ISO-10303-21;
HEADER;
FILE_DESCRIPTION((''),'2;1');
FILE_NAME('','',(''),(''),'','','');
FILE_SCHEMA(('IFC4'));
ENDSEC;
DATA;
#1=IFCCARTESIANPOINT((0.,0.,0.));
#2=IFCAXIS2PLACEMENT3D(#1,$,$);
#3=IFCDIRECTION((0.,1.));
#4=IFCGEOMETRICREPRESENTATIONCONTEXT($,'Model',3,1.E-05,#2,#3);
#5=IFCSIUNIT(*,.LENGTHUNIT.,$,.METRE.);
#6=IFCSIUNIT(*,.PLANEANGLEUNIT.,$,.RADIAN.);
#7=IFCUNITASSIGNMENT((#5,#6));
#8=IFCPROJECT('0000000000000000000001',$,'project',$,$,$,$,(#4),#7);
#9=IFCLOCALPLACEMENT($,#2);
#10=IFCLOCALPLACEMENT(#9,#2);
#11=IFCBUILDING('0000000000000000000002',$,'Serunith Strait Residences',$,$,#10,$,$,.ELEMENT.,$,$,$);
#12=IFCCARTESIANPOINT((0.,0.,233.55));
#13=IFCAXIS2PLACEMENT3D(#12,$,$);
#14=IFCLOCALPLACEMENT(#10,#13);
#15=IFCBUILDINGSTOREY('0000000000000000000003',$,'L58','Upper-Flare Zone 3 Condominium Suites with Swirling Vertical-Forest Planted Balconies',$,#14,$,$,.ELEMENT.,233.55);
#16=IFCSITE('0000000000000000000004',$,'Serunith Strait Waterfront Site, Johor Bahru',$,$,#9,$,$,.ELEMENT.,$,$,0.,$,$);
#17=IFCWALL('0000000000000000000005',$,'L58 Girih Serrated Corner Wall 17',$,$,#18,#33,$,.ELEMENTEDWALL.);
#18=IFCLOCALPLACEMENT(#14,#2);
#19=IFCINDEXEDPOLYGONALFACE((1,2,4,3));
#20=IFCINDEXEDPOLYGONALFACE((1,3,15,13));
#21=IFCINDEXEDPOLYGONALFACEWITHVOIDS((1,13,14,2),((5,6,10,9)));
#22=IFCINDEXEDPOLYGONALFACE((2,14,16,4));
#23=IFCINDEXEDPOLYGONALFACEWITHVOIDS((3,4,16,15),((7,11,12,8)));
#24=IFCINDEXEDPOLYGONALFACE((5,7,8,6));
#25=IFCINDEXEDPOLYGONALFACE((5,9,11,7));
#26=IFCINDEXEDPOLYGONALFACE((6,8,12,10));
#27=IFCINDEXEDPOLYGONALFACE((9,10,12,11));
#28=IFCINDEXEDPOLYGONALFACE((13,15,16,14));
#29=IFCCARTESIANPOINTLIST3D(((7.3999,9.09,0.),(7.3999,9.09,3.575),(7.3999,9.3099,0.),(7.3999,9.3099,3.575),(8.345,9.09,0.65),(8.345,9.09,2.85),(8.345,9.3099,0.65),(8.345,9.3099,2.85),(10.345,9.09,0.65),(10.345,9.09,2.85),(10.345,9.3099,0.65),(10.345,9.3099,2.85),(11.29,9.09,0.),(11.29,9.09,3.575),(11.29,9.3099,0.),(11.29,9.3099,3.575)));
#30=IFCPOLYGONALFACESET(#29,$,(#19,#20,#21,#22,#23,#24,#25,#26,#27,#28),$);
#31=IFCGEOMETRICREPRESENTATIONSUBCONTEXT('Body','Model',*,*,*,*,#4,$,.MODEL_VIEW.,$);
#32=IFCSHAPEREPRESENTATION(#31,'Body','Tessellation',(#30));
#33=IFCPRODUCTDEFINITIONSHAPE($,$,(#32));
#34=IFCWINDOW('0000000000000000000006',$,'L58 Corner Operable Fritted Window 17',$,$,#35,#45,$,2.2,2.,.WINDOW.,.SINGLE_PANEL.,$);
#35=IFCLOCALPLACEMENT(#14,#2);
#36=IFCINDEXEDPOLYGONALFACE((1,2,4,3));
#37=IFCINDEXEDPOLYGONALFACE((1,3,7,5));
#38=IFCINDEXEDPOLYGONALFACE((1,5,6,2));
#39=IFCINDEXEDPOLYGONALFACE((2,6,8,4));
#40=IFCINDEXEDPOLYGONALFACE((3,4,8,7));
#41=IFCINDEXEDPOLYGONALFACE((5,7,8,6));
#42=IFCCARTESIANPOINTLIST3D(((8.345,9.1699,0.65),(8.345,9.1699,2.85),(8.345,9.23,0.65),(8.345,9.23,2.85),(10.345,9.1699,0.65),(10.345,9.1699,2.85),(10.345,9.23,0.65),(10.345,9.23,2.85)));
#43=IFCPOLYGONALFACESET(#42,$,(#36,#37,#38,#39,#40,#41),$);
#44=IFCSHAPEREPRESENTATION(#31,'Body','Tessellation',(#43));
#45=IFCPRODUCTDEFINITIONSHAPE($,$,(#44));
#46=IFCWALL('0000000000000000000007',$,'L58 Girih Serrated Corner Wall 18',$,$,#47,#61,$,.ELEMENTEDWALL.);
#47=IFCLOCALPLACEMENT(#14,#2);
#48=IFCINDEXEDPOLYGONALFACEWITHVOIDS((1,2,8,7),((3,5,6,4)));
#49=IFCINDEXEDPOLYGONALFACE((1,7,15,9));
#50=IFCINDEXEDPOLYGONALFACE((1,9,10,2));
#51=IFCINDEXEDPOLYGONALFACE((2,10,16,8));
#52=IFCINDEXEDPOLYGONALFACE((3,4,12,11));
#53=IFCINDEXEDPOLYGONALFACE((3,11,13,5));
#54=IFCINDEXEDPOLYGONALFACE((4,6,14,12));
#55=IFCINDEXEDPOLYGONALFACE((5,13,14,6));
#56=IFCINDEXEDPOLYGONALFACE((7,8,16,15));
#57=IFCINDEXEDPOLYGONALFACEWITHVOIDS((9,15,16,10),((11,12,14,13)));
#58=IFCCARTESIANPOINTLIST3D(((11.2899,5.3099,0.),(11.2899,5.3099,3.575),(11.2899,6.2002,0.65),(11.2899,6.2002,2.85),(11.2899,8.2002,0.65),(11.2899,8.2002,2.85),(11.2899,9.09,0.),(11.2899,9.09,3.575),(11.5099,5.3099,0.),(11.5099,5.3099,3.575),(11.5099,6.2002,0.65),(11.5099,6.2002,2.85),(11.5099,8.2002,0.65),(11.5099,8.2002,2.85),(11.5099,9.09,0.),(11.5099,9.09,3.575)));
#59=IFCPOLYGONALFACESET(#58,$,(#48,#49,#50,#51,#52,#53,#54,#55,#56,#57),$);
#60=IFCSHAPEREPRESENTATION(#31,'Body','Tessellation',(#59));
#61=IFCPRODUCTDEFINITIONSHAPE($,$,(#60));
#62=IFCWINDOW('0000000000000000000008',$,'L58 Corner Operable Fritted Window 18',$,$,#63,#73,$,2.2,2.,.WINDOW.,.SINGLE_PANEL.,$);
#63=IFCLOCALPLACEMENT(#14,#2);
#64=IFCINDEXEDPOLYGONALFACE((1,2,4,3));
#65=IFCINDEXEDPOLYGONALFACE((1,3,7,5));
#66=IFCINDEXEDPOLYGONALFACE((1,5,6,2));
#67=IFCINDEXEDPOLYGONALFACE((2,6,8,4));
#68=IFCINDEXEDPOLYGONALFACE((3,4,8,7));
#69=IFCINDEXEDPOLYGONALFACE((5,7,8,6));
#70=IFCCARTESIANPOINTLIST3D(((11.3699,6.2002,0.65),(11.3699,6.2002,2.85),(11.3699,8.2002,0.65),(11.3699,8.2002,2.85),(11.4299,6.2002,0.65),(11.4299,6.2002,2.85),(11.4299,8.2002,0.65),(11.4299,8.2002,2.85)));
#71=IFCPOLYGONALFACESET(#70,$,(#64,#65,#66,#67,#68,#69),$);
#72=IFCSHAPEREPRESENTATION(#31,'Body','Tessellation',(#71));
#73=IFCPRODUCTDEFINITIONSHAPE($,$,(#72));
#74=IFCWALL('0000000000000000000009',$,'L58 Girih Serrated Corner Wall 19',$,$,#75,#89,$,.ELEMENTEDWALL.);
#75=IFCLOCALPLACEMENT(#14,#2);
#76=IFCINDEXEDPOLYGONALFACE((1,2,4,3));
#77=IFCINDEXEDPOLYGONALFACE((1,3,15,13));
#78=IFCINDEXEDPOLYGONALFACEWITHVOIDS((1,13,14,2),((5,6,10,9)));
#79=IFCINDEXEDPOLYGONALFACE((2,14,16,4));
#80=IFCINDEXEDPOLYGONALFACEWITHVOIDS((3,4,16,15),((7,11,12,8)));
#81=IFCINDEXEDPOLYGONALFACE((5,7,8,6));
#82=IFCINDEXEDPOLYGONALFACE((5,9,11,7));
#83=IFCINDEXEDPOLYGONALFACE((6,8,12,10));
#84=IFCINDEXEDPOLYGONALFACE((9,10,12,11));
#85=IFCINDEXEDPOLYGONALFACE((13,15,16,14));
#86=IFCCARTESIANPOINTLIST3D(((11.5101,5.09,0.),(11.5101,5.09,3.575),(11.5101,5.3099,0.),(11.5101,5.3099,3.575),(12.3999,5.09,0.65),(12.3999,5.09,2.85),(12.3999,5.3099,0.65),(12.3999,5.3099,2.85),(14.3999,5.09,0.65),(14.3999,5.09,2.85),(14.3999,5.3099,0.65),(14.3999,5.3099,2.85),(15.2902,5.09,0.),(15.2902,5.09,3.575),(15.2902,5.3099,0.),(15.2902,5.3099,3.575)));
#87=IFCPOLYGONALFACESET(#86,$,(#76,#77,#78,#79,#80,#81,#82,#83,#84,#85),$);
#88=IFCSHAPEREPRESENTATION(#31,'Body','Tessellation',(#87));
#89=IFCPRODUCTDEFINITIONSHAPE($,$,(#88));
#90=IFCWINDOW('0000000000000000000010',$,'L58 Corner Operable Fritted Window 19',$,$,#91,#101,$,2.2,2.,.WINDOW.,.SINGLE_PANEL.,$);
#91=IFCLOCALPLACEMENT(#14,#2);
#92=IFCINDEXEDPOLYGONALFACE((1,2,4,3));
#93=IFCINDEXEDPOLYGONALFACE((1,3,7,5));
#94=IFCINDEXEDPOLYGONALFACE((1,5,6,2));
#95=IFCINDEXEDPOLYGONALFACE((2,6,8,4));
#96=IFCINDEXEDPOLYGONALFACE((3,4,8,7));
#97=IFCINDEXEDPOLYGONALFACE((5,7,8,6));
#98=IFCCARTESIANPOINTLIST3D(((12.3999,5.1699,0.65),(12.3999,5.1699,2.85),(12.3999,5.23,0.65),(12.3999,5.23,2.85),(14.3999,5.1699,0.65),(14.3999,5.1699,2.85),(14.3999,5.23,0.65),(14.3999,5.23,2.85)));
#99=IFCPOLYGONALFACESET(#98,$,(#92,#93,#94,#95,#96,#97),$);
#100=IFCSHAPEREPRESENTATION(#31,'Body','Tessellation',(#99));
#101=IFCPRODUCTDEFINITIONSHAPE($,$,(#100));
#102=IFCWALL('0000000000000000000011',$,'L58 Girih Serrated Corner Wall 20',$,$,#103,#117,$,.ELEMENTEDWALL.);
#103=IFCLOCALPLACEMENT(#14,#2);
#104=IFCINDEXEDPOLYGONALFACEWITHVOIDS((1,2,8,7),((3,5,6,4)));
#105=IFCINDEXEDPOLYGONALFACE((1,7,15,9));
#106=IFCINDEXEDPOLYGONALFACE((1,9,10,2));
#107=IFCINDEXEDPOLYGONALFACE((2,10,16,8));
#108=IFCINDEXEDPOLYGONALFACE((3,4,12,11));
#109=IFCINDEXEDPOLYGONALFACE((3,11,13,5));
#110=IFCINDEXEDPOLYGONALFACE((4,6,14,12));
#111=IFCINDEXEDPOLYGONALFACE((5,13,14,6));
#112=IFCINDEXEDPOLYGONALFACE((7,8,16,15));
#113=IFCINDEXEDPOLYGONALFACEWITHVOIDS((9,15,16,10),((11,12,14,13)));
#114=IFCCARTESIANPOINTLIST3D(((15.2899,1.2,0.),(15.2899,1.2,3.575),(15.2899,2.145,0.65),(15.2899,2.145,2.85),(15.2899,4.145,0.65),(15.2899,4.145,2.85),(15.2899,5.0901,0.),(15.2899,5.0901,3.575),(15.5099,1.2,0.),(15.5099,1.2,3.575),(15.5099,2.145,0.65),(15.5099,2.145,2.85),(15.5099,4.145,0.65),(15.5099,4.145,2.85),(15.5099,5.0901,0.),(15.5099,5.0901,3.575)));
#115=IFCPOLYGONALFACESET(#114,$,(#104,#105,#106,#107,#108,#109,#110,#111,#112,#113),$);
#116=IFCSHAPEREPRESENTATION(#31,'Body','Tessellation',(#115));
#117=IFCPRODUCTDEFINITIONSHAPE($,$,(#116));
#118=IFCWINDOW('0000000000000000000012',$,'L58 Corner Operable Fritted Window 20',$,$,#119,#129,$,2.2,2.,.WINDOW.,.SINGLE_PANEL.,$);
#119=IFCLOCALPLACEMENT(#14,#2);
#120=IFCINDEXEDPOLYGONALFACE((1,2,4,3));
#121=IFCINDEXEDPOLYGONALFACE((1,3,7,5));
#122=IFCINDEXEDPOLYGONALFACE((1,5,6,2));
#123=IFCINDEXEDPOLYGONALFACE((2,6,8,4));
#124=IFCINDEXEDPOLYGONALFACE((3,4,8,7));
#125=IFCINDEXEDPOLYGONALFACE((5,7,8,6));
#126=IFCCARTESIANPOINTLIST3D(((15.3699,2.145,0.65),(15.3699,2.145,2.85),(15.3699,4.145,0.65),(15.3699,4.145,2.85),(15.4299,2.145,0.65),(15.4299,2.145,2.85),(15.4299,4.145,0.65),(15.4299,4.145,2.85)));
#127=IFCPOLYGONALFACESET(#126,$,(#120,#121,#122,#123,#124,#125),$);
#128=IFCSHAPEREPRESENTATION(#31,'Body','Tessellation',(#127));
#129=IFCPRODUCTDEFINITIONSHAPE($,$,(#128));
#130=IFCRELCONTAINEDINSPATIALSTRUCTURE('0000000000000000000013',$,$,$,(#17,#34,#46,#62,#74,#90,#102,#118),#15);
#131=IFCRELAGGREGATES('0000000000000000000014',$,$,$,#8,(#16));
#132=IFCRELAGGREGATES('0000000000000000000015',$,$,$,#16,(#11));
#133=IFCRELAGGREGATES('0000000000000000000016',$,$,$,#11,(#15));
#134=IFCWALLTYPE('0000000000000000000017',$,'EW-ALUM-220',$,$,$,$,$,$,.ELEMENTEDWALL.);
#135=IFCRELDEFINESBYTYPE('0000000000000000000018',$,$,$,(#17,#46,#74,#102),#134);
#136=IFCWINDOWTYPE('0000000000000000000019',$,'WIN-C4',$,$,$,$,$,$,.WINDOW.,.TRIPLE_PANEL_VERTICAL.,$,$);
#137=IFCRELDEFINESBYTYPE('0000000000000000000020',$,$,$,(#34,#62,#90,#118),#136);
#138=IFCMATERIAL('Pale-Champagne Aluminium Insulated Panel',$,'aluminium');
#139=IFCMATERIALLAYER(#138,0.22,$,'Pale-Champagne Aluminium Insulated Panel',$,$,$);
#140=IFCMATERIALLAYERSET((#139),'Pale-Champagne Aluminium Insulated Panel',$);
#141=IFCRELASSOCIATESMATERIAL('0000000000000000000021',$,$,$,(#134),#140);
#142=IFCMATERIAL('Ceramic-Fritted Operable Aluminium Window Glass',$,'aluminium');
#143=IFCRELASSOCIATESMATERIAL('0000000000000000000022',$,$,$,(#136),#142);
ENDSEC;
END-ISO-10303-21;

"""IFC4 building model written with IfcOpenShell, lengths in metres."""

from ifc_helpers import new_model, si_unit, direction, frame, frame_2d, origin, place, context, subcontext, project, spatial, rectangle, extrude, source, transform, mapped, material, layer, layer_set, type_object, element, fill, save


model = new_model("IFC4")

# Units and contexts
model_context = context("Model", 3, precision=1e-05, world=origin(), true_north=direction((0.0, 1.0)))
body_context = subcontext(model_context, "Body", "Model", "MODEL_VIEW")
ifc_project = project(units=[si_unit("LENGTHUNIT", "METRE"), si_unit("PLANEANGLEUNIT", "RADIAN")], contexts=[model_context])

# Site, building, storey
site_placement = place(None, origin())
site = spatial("IfcSite", under=ifc_project, at=site_placement, Name="Serunith Strait Waterfront Site, Johor Bahru", CompositionType="ELEMENT", RefElevation=0.0)
building_placement = place(site_placement, origin())
building = spatial("IfcBuilding", under=site, at=building_placement, Name="Serunith Strait Residences", CompositionType="ELEMENT")
storey_placement = place(building_placement, frame((0.0, 0.0, 233.55)))
storey = spatial("IfcBuildingStorey", under=building, at=storey_placement, Name="L58", Description="Upper-Flare Zone 3 Condominium Suites with Swirling Vertical-Forest Planted Balconies", CompositionType="ELEMENT", Elevation=233.55)

# Walls, openings, windows
ifc_material_1 = material(Name="Pale-Champagne Aluminium Insulated Panel", Category="aluminium")
ifc_layer_1 = layer(ifc_material_1, 0.22, Name="Pale-Champagne Aluminium Insulated Panel")
ifc_layer_set_1 = layer_set([ifc_layer_1], Name="Pale-Champagne Aluminium Insulated Panel")
wall_type = type_object("IfcWallType", Name="EW-ALUM-220", PredefinedType="ELEMENTEDWALL", material=ifc_layer_set_1)
wall_1_placement = place(storey_placement, frame((7.3999, 9.2, 0.0), z_axis=(0.0, 0.0, 1.0), x_axis=(1.0, 0.0, 0.0)))
wall_1 = element("IfcWall", 1, at=wall_1_placement, inside=storey, type_object=wall_type, Name="L58 Girih Serrated Corner Wall 17", PredefinedType="ELEMENTEDWALL", context=body_context, shape_type="SweptSolid", body=[
    extrude(rectangle(XDim=3.8901, YDim=0.22, at=frame_2d((1.9451, 0.0))), origin(), (0.0, 0.0, 1.0), 3.575),
])
opening_1_placement = place(wall_1_placement, frame((0.9451, 0.0, 0.6499)))
opening_1 = element("IfcOpeningElement", 2, at=opening_1_placement, cuts=wall_1, PredefinedType="OPENING", context=body_context, shape_type="SweptSolid", body=[
    extrude(rectangle(XDim=2.0, YDim=2.2, at=frame_2d((1.0, 1.1001))), frame((0.0, 0.1201, 0.0), z_axis=(0.0, -1.0, 0.0), x_axis=(1.0, 0.0, 0.0)), (0.0, 0.0, 1.0), 0.24),
])
ifc_material_2 = material(Name="Ceramic-Fritted Operable Aluminium Window Glass", Category="aluminium")
window_type = type_object("IfcWindowType", Name="WIN-C4", PartitioningType="TRIPLE_PANEL_VERTICAL", PredefinedType="WINDOW", material=ifc_material_2)
shared_shape_1 = source(origin(), body_context, "Body", "SweptSolid", [
    extrude(rectangle(XDim=2.0, YDim=2.2, at=frame_2d((1.0, 1.1001))), frame((0.0, 0.03, 0.0), z_axis=(0.0, -1.0, 0.0), x_axis=(1.0, 0.0, 0.0)), (0.0, 0.0, 1.0), 0.0601),
])
window_1_placement = place(opening_1_placement, origin())
window_1 = element("IfcWindow", 3, at=window_1_placement, inside=storey, type_object=window_type, Name="L58 Corner Operable Fritted Window 17", OverallHeight=2.2, OverallWidth=2.0, PartitioningType="SINGLE_PANEL", PredefinedType="WINDOW", context=body_context, shape_type="MappedRepresentation", body=[
    mapped(shared_shape_1, transform((0.0, 0.0, 0.0), scale=1.0)),
])
fill(opening_1, window_1)
wall_2_placement = place(storey_placement, frame((11.3999, 9.0901, 0.0), z_axis=(0.0, 0.0, 1.0), x_axis=(0.0, -1.0, 0.0)))
wall_2 = element("IfcWall", 4, at=wall_2_placement, inside=storey, type_object=wall_type, Name="L58 Girih Serrated Corner Wall 18", PredefinedType="ELEMENTEDWALL", context=body_context, shape_type="SweptSolid", body=[
    extrude(rectangle(XDim=3.78, YDim=0.22, at=frame_2d((1.8901, 0.0))), origin(), (0.0, 0.0, 1.0), 3.575),
])
opening_2_placement = place(wall_2_placement, frame((0.8899, 0.0, 0.6499)))
opening_2 = element("IfcOpeningElement", 5, at=opening_2_placement, cuts=wall_2, PredefinedType="OPENING", context=body_context, shape_type="SweptSolid", body=[
    extrude(rectangle(XDim=2.0, YDim=2.2, at=frame_2d((1.0, 1.1001))), frame((0.0, 0.1201, 0.0), z_axis=(0.0, -1.0, 0.0), x_axis=(1.0, 0.0, 0.0)), (0.0, 0.0, 1.0), 0.24),
])
window_2_placement = place(opening_2_placement, origin())
window_2 = element("IfcWindow", 6, at=window_2_placement, inside=storey, type_object=window_type, Name="L58 Corner Operable Fritted Window 18", OverallHeight=2.2, OverallWidth=2.0, PartitioningType="SINGLE_PANEL", PredefinedType="WINDOW", context=body_context, shape_type="MappedRepresentation", body=[
    mapped(shared_shape_1, transform((0.0, 0.0, 0.0), scale=1.0)),
])
fill(opening_2, window_2)
wall_3_placement = place(storey_placement, frame((11.51, 5.2, 0.0), z_axis=(0.0, 0.0, 1.0), x_axis=(1.0, 0.0, 0.0)))
wall_3 = element("IfcWall", 7, at=wall_3_placement, inside=storey, type_object=wall_type, Name="L58 Girih Serrated Corner Wall 19", PredefinedType="ELEMENTEDWALL", context=body_context, shape_type="SweptSolid", body=[
    extrude(rectangle(XDim=3.78, YDim=0.22, at=frame_2d((1.8901, 0.0))), origin(), (0.0, 0.0, 1.0), 3.575),
])
opening_3_placement = place(wall_3_placement, frame((0.8899, 0.0, 0.6499)))
opening_3 = element("IfcOpeningElement", 8, at=opening_3_placement, cuts=wall_3, PredefinedType="OPENING", context=body_context, shape_type="SweptSolid", body=[
    extrude(rectangle(XDim=2.0, YDim=2.2, at=frame_2d((1.0, 1.1001))), frame((0.0, 0.1201, 0.0), z_axis=(0.0, -1.0, 0.0), x_axis=(1.0, 0.0, 0.0)), (0.0, 0.0, 1.0), 0.24),
])
window_3_placement = place(opening_3_placement, origin())
window_3 = element("IfcWindow", 9, at=window_3_placement, inside=storey, type_object=window_type, Name="L58 Corner Operable Fritted Window 19", OverallHeight=2.2, OverallWidth=2.0, PartitioningType="SINGLE_PANEL", PredefinedType="WINDOW", context=body_context, shape_type="MappedRepresentation", body=[
    mapped(shared_shape_1, transform((0.0, 0.0, 0.0), scale=1.0)),
])
fill(opening_3, window_3)
wall_4_placement = place(storey_placement, frame((15.3999, 5.0901, 0.0), z_axis=(0.0, 0.0, 1.0), x_axis=(0.0, -1.0, 0.0)))
wall_4 = element("IfcWall", 10, at=wall_4_placement, inside=storey, type_object=wall_type, Name="L58 Girih Serrated Corner Wall 20", PredefinedType="ELEMENTEDWALL", context=body_context, shape_type="SweptSolid", body=[
    extrude(rectangle(XDim=3.8901, YDim=0.22, at=frame_2d((1.9451, 0.0))), origin(), (0.0, 0.0, 1.0), 3.575),
])
opening_4_placement = place(wall_4_placement, frame((0.9451, 0.0, 0.6499)))
opening_4 = element("IfcOpeningElement", 11, at=opening_4_placement, cuts=wall_4, PredefinedType="OPENING", context=body_context, shape_type="SweptSolid", body=[
    extrude(rectangle(XDim=2.0, YDim=2.2, at=frame_2d((1.0, 1.1001))), frame((0.0, 0.1201, 0.0), z_axis=(0.0, -1.0, 0.0), x_axis=(1.0, 0.0, 0.0)), (0.0, 0.0, 1.0), 0.24),
])
window_4_placement = place(opening_4_placement, origin())
window_4 = element("IfcWindow", 12, at=window_4_placement, inside=storey, type_object=window_type, Name="L58 Corner Operable Fritted Window 20", OverallHeight=2.2, OverallWidth=2.0, PartitioningType="SINGLE_PANEL", PredefinedType="WINDOW", context=body_context, shape_type="MappedRepresentation", body=[
    mapped(shared_shape_1, transform((0.0, 0.0, 0.0), scale=1.0)),
])
fill(opening_4, window_4)

save(model, "model.ifc")
